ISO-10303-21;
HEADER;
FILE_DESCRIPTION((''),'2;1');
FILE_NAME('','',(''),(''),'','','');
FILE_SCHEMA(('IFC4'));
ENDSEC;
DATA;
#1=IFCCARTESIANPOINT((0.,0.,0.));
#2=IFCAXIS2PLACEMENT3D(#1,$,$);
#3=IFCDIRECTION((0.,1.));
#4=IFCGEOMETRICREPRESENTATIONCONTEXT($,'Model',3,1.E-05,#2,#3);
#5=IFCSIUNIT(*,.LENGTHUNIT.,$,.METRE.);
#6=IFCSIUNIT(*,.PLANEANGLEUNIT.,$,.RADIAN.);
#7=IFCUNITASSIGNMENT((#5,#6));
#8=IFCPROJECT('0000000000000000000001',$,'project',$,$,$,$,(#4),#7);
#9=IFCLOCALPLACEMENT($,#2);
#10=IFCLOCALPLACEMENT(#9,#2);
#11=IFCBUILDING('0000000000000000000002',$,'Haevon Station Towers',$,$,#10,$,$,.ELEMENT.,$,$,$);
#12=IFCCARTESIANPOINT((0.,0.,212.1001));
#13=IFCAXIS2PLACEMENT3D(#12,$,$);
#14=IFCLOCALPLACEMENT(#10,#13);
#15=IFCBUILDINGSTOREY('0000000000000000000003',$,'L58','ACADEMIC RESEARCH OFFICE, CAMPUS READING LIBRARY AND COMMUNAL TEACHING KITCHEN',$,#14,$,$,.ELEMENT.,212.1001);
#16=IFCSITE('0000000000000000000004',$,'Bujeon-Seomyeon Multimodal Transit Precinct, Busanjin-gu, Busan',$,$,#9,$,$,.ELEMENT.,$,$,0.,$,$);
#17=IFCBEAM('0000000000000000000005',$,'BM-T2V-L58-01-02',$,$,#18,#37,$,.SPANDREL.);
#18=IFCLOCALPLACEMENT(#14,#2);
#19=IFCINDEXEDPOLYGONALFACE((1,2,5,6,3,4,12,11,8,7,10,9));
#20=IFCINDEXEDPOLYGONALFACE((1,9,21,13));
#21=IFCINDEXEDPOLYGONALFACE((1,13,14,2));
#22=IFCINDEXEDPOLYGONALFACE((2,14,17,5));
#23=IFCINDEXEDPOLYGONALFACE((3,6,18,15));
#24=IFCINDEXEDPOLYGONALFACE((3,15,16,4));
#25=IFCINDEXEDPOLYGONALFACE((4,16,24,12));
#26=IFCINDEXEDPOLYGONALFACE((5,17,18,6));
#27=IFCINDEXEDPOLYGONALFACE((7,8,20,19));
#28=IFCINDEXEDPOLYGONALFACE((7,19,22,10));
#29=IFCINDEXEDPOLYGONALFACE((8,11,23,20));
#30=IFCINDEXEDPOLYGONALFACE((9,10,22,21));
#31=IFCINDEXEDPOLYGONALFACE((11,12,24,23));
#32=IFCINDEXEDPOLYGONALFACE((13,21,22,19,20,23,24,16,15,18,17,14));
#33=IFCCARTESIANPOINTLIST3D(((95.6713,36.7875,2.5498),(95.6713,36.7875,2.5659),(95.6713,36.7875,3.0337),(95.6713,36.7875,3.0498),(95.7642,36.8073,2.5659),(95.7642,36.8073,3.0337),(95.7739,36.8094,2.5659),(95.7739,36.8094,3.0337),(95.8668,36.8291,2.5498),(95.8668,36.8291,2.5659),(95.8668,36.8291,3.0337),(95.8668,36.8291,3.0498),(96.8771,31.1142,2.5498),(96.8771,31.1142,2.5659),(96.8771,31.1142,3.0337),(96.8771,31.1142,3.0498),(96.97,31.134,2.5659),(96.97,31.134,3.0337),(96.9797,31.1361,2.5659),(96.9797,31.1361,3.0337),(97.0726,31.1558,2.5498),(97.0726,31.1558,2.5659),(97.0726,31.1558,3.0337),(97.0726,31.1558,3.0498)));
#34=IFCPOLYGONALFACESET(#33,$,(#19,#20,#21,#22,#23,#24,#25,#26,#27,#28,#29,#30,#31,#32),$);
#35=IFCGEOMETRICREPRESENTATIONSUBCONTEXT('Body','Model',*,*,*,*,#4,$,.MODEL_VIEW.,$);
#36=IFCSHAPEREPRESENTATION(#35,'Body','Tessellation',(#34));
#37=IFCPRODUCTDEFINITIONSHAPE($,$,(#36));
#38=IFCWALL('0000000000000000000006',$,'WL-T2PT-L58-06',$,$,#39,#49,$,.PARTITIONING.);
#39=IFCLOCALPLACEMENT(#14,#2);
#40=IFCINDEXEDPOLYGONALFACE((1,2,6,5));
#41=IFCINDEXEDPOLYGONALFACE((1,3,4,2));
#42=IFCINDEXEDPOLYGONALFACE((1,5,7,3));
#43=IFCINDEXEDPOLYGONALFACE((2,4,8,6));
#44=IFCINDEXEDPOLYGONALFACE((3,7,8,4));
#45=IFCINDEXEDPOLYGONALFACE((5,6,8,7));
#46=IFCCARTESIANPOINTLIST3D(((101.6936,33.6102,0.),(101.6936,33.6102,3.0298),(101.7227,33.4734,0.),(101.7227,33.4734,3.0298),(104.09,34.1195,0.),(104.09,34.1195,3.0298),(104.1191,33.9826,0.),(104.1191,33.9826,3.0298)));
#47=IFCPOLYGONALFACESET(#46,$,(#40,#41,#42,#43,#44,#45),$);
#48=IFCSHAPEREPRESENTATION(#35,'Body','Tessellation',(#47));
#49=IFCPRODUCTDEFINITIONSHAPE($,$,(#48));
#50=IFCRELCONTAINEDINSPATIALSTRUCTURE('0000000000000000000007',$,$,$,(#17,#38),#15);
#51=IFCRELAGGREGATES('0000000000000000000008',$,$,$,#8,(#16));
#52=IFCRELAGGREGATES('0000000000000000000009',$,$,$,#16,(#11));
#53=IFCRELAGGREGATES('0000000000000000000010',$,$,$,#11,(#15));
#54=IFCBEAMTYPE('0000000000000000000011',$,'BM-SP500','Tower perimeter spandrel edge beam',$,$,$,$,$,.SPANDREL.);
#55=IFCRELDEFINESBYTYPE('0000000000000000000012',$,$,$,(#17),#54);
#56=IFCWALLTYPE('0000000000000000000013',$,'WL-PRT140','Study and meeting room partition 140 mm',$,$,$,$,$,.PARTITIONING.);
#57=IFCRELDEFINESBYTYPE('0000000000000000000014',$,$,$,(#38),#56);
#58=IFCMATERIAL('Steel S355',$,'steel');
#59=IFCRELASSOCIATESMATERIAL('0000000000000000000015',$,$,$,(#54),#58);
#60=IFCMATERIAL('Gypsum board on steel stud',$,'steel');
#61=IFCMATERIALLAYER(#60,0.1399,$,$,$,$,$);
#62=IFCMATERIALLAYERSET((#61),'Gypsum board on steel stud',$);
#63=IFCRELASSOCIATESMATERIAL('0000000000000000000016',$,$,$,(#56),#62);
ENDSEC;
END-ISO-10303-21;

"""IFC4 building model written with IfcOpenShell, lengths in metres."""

from ifc_helpers import new_model, si_unit, direction, frame, frame_2d, origin, origin_2d, place, context, subcontext, project, spatial, rectangle, i_section, extrude, material, layer, layer_set, material_profile, profile_set, type_object, element, save


model = new_model("IFC4")

# Units and contexts
model_context = context("Model", 3, precision=1e-05, world=origin(), true_north=direction((0.0, 1.0)))
body_context = subcontext(model_context, "Body", "Model", "MODEL_VIEW")
ifc_project = project(units=[si_unit("LENGTHUNIT", "METRE"), si_unit("PLANEANGLEUNIT", "RADIAN")], contexts=[model_context])

# Site, building, storey
site_placement = place(None, origin())
site = spatial("IfcSite", under=ifc_project, at=site_placement, Name="Bujeon-Seomyeon Multimodal Transit Precinct, Busanjin-gu, Busan", CompositionType="ELEMENT", RefElevation=0.0)
building_placement = place(site_placement, origin())
building = spatial("IfcBuilding", under=site, at=building_placement, Name="Haevon Station Towers", CompositionType="ELEMENT")
storey_placement = place(building_placement, frame((0.0, 0.0, 212.1001)))
storey = spatial("IfcBuildingStorey", under=building, at=storey_placement, Name="L58", Description="ACADEMIC RESEARCH OFFICE, CAMPUS READING LIBRARY AND COMMUNAL TEACHING KITCHEN", CompositionType="ELEMENT", Elevation=212.1001)

# Shared definitions
ifc_material_1 = material(Name="Steel S355", Category="steel")

# Beam
ifc_material_profile_1 = material_profile(ifc_material_1, i_section(OverallWidth=0.2, OverallDepth=0.5, WebThickness=0.01, FlangeThickness=0.0161, at=origin_2d()), Name="H-500x200x10x16")
ifc_profile_set_1 = profile_set([ifc_material_profile_1], Name="Steel S355")
beam_type_1 = type_object("IfcBeamType", Name="BM-SP500", Description="Tower perimeter spandrel edge beam", PredefinedType="SPANDREL", material=ifc_profile_set_1)
beam_1_placement = place(storey_placement, frame((96.9749, 31.135, 2.7998), z_axis=(-0.207896, 0.978151, 0.0), x_axis=(-0.978151, -0.207896, 0.0)))
element("IfcBeam", 1, at=beam_1_placement, inside=storey, type_object=beam_type_1, Name="BM-T2V-L58-01-02", PredefinedType="SPANDREL", context=body_context, shape_type="SweptSolid", body=[
    extrude(i_section(OverallWidth=0.2, OverallDepth=0.5, WebThickness=0.01, FlangeThickness=0.0161, at=origin_2d()), origin(), (0.0, 0.0, 1.0), 5.8),
])

# Wall
ifc_material_2 = material(Name="Gypsum board on steel stud", Category="steel")
ifc_layer_1 = layer(ifc_material_2, 0.1399)
ifc_layer_set_1 = layer_set([ifc_layer_1], Name="Gypsum board on steel stud")
wall_type_1 = type_object("IfcWallType", Name="WL-PRT140", Description="Study and meeting room partition 140 mm", PredefinedType="PARTITIONING", material=ifc_layer_set_1)
wall_1_placement = place(storey_placement, frame((101.708, 33.5417, 0.0), z_axis=(0.0, 0.0, 1.0), x_axis=(0.978157, 0.207868, 0.0)))
element("IfcWall", 2, at=wall_1_placement, inside=storey, type_object=wall_type_1, Name="WL-T2PT-L58-06", PredefinedType="PARTITIONING", context=body_context, shape_type="SweptSolid", body=[
    extrude(rectangle(XDim=2.45, YDim=0.1399, at=frame_2d((1.2251, 0.0))), origin(), (0.0, 0.0, 1.0), 3.0298),
])

save(model, "model.ifc")
